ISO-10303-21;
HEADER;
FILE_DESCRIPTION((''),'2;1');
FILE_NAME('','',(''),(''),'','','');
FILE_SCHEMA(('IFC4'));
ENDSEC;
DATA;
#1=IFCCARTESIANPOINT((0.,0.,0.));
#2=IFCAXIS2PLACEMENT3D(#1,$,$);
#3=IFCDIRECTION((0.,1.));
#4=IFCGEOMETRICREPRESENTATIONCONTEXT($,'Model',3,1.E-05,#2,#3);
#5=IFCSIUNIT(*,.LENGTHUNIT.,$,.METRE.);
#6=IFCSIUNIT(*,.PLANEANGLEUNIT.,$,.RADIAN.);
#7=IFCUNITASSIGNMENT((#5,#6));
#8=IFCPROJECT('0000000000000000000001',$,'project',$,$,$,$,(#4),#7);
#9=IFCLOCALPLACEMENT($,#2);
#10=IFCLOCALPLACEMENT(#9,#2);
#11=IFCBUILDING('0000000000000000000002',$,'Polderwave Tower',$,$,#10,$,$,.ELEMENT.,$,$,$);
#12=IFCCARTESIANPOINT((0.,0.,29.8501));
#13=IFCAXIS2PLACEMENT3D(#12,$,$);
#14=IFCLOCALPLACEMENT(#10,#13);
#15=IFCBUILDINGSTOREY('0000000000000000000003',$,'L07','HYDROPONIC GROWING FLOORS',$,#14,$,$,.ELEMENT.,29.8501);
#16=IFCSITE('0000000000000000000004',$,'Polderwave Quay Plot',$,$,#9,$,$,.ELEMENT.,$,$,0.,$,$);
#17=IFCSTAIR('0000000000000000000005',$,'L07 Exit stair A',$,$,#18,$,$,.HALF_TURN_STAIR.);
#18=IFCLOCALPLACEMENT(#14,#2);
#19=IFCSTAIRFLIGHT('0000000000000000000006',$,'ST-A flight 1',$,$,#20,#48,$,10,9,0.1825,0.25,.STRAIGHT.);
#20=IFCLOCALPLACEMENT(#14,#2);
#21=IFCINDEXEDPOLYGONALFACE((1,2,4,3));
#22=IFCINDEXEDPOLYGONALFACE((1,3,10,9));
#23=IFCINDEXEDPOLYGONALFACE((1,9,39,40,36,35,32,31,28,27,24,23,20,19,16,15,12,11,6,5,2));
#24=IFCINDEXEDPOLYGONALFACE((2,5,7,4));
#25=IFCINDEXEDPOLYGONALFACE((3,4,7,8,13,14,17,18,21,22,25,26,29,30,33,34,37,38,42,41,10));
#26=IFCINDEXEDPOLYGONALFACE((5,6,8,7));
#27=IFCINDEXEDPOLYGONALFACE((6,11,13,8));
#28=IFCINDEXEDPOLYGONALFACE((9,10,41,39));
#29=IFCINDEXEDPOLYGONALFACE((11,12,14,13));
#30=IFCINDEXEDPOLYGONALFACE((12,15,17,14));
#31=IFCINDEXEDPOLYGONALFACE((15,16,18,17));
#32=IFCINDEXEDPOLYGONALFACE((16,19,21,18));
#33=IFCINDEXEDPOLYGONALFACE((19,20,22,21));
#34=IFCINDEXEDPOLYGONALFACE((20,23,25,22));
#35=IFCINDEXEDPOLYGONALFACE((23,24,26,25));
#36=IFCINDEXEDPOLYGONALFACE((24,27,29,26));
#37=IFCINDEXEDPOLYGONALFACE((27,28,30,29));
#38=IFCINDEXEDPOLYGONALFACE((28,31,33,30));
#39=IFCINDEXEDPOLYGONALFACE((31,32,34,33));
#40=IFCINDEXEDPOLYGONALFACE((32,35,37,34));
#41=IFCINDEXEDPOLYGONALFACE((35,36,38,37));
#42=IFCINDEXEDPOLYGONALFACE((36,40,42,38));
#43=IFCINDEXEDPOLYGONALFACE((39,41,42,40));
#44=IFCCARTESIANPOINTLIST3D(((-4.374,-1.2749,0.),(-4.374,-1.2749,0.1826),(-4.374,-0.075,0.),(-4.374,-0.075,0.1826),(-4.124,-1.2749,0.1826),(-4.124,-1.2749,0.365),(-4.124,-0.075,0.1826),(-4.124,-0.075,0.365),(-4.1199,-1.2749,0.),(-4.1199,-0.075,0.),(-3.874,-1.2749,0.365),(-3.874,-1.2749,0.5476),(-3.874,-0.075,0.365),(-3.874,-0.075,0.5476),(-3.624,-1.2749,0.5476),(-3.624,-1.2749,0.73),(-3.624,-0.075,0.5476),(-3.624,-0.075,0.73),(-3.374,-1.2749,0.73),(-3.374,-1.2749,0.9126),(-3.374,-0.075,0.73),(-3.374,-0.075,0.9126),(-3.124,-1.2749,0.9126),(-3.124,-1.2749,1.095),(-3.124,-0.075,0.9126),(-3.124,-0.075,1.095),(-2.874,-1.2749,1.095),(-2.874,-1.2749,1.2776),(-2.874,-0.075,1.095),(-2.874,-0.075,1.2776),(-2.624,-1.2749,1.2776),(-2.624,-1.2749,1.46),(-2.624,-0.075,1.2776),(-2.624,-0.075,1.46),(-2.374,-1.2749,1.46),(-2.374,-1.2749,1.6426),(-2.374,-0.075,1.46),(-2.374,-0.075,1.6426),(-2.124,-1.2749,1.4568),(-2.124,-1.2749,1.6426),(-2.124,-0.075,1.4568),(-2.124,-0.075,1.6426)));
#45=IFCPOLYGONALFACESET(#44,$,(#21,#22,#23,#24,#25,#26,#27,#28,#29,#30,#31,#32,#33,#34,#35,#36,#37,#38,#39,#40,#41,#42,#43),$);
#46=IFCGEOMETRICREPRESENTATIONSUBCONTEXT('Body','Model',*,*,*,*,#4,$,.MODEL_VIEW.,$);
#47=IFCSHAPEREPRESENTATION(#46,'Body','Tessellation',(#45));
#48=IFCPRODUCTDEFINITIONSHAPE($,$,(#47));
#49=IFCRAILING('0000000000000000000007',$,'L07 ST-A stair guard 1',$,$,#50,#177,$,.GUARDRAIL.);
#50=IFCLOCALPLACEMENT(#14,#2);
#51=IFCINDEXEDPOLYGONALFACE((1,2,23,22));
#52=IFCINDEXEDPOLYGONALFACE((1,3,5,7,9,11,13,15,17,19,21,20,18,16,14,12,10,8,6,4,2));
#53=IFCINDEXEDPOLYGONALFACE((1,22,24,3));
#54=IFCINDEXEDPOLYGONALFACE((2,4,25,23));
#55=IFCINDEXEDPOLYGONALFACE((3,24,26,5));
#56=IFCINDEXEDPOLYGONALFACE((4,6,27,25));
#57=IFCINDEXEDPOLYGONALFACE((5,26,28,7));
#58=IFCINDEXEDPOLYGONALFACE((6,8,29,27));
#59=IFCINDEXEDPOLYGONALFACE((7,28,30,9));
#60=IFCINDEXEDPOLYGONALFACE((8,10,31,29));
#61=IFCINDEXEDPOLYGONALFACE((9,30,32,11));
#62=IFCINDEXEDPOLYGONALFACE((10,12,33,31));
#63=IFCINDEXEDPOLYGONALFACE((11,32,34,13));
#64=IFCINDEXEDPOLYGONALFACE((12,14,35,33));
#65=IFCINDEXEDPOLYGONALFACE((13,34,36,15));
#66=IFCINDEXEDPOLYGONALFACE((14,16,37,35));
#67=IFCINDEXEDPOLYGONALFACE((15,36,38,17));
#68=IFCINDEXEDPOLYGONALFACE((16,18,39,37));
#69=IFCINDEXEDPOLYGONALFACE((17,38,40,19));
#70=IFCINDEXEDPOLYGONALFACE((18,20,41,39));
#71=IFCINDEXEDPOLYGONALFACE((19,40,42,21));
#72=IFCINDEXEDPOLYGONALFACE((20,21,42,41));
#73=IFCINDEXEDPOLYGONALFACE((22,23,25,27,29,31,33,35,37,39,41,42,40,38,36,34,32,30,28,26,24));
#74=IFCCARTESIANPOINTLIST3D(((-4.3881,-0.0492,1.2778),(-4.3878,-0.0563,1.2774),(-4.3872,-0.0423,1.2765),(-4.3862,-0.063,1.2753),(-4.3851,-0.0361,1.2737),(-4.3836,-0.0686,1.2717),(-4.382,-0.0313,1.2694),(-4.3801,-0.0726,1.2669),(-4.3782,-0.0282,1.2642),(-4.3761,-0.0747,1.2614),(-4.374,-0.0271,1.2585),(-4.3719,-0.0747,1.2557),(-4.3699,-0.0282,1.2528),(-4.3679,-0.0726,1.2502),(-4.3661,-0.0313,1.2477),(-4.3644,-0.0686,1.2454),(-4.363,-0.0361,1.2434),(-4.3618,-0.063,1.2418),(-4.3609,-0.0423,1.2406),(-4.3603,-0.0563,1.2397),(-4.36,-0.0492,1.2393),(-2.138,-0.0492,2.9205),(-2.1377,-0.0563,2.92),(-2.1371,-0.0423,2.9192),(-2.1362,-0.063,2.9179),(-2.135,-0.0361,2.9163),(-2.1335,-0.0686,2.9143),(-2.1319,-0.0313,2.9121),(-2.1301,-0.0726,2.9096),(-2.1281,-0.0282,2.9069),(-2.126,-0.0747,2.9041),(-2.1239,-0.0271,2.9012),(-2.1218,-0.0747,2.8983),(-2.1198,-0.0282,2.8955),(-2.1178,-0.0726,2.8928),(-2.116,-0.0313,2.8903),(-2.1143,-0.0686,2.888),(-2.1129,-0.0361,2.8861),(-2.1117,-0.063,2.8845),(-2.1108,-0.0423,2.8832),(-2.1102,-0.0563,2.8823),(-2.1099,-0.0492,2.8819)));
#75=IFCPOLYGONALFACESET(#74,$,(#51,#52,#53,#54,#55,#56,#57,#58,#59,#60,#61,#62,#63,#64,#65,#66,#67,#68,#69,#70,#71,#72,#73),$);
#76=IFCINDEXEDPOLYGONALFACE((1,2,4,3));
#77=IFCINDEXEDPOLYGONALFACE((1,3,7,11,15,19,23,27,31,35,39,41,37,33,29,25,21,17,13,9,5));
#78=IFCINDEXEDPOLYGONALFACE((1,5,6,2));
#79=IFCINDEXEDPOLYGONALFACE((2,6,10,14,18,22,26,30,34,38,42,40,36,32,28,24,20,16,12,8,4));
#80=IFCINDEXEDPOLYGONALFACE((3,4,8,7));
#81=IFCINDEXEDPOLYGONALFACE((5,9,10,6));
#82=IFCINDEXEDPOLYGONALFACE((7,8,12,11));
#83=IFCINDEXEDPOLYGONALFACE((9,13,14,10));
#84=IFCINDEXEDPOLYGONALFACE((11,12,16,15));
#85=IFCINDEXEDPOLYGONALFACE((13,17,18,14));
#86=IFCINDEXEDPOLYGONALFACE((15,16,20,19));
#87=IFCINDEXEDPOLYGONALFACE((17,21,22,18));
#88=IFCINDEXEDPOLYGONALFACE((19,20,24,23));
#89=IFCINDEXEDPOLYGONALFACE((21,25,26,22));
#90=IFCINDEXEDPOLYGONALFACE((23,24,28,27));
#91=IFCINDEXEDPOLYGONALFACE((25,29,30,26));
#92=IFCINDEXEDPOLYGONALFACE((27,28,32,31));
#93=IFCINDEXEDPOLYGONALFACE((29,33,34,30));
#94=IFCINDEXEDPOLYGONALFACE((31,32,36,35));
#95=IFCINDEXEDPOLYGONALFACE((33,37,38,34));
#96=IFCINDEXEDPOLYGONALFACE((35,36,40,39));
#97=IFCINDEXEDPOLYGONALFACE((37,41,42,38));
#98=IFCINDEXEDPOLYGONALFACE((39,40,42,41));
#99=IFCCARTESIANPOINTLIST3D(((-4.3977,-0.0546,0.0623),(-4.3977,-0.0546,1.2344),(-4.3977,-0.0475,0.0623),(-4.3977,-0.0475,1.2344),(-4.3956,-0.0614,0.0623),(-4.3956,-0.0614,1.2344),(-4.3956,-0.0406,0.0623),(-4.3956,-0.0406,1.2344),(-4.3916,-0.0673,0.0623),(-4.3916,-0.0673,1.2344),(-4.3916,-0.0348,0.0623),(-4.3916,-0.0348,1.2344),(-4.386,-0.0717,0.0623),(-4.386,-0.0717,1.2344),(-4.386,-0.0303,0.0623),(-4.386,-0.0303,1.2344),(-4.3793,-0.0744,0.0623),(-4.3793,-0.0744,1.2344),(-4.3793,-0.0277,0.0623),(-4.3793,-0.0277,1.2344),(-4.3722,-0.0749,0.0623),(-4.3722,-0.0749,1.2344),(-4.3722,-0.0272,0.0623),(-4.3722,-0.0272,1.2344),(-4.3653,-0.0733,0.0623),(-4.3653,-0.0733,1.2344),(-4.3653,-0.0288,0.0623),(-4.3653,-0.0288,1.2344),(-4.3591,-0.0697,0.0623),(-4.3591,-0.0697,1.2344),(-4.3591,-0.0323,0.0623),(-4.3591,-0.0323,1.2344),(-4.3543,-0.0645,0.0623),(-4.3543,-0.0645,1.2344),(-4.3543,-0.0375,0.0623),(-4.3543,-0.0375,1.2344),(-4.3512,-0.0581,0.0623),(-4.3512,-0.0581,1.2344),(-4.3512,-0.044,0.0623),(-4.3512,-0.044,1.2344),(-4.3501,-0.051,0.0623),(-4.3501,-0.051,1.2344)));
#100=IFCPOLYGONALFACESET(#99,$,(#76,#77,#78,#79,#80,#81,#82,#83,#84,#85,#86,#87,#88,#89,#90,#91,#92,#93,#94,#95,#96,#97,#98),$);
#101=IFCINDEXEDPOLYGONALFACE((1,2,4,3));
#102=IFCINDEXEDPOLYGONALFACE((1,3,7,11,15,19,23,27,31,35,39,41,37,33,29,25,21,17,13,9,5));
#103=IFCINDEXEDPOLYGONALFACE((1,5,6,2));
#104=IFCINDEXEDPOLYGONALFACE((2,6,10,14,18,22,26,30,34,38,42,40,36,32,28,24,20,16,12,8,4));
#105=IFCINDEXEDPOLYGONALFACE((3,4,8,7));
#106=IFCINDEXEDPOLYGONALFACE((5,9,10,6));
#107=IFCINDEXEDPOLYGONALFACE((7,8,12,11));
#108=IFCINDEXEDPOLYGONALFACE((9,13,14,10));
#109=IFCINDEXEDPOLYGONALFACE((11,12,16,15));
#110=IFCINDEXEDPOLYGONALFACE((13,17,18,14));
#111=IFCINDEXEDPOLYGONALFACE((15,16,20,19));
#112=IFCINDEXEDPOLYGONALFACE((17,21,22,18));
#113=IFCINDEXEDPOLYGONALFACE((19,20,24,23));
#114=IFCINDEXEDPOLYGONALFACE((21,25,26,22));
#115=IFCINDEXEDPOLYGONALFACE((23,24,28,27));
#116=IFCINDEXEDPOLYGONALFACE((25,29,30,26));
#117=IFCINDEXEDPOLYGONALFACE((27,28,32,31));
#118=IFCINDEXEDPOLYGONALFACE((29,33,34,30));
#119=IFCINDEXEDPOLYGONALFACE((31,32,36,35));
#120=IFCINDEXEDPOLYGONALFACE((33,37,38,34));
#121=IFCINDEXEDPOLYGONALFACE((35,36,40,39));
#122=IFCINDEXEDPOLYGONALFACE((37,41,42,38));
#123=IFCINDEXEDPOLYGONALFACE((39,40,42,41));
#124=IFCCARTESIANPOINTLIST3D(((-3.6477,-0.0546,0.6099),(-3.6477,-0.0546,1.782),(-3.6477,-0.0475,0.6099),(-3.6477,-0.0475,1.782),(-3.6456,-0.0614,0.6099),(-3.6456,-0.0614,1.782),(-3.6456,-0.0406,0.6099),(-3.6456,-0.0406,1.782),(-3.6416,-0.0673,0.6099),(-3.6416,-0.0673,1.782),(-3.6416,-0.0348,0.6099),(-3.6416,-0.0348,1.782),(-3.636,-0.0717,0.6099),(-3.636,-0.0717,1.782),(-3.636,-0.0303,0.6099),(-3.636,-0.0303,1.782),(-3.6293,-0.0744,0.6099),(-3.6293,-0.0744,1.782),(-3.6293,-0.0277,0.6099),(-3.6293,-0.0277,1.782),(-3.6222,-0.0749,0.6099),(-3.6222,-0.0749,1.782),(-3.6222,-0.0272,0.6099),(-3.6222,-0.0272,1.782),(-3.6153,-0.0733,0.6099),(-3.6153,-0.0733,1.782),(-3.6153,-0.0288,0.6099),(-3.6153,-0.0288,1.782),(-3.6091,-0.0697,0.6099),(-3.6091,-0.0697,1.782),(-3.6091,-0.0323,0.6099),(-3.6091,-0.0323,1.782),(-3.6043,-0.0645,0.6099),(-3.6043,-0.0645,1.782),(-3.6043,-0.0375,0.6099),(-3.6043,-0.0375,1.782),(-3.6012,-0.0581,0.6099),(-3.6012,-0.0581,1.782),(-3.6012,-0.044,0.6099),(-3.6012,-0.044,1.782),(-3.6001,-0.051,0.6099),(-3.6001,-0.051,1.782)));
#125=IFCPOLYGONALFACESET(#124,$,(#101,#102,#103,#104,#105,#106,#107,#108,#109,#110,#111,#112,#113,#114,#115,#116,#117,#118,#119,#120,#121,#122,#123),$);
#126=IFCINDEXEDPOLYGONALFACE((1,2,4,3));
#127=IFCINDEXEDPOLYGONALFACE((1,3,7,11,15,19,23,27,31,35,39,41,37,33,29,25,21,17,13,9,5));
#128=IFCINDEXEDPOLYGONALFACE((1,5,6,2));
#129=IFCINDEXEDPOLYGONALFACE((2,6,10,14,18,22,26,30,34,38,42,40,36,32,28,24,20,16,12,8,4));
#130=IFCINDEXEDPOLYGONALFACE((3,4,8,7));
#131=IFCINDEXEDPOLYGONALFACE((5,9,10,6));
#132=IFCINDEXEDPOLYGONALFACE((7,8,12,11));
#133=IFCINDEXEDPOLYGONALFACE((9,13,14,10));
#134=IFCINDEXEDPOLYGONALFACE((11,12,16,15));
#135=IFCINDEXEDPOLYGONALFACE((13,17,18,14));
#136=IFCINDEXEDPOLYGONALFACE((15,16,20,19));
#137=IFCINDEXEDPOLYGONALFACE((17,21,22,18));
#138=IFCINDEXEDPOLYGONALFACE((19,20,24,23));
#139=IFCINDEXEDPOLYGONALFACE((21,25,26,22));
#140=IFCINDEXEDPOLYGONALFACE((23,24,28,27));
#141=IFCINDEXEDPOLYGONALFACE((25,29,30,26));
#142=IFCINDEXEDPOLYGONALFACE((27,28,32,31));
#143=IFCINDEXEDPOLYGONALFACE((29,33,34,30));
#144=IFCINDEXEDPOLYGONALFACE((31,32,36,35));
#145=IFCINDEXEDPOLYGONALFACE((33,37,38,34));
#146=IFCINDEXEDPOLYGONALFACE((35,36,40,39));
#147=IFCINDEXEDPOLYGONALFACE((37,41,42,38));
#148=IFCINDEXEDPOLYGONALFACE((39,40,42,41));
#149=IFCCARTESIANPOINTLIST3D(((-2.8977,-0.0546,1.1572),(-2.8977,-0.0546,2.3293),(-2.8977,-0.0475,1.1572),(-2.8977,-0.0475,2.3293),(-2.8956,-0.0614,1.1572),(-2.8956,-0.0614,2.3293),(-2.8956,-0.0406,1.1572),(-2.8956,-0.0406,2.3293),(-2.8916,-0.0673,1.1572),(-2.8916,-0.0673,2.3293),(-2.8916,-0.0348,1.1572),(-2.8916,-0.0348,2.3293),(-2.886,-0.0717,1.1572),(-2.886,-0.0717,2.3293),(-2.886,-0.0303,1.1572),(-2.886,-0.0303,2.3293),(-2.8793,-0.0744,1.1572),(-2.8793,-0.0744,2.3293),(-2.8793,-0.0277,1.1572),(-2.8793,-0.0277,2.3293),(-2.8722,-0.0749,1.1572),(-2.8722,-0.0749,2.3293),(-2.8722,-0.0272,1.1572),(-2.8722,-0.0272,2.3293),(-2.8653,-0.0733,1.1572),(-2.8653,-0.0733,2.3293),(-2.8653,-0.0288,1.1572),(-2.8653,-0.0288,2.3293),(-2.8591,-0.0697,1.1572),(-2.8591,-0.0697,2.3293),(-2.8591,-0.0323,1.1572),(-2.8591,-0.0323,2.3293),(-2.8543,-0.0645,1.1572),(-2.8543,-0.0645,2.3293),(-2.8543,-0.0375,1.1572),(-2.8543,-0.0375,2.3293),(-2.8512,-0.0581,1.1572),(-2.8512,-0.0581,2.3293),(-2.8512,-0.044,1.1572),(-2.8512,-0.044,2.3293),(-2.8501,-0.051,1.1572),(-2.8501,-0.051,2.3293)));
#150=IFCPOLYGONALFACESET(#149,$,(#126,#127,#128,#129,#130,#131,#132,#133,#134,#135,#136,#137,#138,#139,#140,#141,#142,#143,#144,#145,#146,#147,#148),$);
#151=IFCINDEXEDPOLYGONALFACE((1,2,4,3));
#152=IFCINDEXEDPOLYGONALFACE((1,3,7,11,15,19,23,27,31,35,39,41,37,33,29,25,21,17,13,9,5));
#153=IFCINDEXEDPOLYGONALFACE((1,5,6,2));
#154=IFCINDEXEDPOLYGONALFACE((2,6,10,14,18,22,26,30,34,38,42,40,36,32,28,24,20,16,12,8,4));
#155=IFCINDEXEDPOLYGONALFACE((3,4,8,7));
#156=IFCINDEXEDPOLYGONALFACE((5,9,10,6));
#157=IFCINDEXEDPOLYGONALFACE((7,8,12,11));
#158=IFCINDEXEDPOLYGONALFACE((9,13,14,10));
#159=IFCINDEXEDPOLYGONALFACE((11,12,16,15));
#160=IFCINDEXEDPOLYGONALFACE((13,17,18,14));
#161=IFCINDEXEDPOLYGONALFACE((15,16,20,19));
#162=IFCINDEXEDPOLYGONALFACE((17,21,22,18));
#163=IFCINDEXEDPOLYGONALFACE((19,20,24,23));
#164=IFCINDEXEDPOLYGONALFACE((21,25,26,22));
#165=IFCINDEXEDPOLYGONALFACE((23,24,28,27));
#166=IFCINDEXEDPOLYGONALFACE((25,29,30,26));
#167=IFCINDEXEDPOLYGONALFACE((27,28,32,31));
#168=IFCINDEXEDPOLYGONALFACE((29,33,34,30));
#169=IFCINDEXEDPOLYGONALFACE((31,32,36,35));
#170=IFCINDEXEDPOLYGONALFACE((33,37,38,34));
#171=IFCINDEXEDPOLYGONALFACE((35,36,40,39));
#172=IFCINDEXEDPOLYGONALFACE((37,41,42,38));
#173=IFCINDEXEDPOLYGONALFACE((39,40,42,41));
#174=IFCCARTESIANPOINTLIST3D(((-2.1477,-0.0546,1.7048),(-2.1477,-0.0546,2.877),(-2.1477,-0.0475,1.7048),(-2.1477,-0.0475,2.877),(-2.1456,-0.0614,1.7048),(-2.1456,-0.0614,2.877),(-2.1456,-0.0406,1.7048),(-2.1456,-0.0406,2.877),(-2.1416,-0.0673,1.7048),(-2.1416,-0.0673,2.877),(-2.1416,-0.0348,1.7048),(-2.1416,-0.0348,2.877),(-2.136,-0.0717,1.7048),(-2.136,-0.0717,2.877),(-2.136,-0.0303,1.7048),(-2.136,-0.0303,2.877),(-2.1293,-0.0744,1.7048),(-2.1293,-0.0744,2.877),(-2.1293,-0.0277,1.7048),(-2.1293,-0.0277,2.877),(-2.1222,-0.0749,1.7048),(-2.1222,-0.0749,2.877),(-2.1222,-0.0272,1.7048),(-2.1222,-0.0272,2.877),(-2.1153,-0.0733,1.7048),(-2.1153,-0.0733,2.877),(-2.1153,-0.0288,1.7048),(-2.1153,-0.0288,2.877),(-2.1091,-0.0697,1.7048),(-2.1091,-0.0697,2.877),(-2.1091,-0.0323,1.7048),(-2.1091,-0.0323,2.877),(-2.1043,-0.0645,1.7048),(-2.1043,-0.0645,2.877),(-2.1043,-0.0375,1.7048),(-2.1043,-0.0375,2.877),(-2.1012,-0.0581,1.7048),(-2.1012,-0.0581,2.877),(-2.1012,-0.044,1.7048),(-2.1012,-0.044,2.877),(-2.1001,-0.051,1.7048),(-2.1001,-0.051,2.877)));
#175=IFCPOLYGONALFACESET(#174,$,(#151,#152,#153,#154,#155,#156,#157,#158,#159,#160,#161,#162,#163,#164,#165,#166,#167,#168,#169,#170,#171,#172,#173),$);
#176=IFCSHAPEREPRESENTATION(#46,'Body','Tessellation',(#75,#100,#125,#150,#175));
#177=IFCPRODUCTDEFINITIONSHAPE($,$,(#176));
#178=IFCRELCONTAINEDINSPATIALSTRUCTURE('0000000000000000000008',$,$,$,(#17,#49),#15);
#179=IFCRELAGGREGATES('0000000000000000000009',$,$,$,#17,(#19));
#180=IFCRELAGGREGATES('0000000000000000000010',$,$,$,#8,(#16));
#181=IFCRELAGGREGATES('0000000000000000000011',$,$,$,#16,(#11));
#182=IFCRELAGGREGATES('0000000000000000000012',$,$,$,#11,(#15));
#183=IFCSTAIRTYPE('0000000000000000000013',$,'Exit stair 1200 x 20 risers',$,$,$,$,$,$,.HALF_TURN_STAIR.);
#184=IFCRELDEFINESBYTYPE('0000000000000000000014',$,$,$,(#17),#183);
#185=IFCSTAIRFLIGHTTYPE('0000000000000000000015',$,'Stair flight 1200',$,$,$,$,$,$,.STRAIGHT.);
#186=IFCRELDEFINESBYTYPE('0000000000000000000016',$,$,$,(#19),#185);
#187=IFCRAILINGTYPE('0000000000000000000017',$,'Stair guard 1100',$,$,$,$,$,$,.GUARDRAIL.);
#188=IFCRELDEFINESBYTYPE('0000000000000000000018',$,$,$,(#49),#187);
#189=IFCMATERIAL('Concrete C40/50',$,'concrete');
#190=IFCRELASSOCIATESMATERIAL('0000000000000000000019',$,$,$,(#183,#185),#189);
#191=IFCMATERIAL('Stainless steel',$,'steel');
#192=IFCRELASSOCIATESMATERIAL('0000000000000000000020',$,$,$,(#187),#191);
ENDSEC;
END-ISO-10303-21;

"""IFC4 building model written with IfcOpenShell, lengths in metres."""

from ifc_helpers import new_model, si_unit, direction, frame, origin, origin_2d, place, context, subcontext, project, spatial, polyline, circle, outline, extrude, material, type_object, element, aggregate, save


model = new_model("IFC4")

# Units and contexts
model_context = context("Model", 3, precision=1e-05, world=origin(), true_north=direction((0.0, 1.0)))
body_context = subcontext(model_context, "Body", "Model", "MODEL_VIEW")
ifc_project = project(units=[si_unit("LENGTHUNIT", "METRE"), si_unit("PLANEANGLEUNIT", "RADIAN")], contexts=[model_context])

# Site, building, storey
site_placement = place(None, origin())
site = spatial("IfcSite", under=ifc_project, at=site_placement, Name="Polderwave Quay Plot", CompositionType="ELEMENT", RefElevation=0.0)
building_placement = place(site_placement, origin())
building = spatial("IfcBuilding", under=site, at=building_placement, Name="Polderwave Tower", CompositionType="ELEMENT")
storey_placement = place(building_placement, frame((0.0, 0.0, 29.8501)))
storey = spatial("IfcBuildingStorey", under=building, at=storey_placement, Name="L07", Description="HYDROPONIC GROWING FLOORS", CompositionType="ELEMENT", Elevation=29.8501)

# Shared definitions
ifc_material_1 = material(Name="Concrete C40/50", Category="concrete")

# Stair, stair flight
stair_type = type_object("IfcStairType", Name="Exit stair 1200 x 20 risers", PredefinedType="HALF_TURN_STAIR", material=ifc_material_1)
stair_placement = place(storey_placement, origin())
stair = element("IfcStair", 1, at=stair_placement, inside=storey, type_object=stair_type, Name="L07 Exit stair A", PredefinedType="HALF_TURN_STAIR")
stair_flight_type = type_object("IfcStairFlightType", Name="Stair flight 1200", PredefinedType="STRAIGHT", material=ifc_material_1)
stair_flight_placement = place(storey_placement, frame((-4.374, -0.675, 0.0), z_axis=(0.0, 0.0, 1.0), x_axis=(1.0, 0.0, 0.0)))
stair_flight = element("IfcStairFlight", 2, at=stair_flight_placement, type_object=stair_flight_type, Name="ST-A flight 1", NumberOfRisers=10, NumberOfTreads=9, PredefinedType="STRAIGHT", RiserHeight=0.1825, TreadLength=0.25, context=body_context, shape_type="SweptSolid", body=[
    extrude(outline(polyline([(0.0, 0.0), (0.0, 0.1826), (0.25, 0.1826), (0.25, 0.365), (0.5, 0.365), (0.5, 0.5476), (0.75, 0.5476), (0.75, 0.73), (1.0, 0.73), (1.0, 0.9126), (1.25, 0.9126), (1.25, 1.095), (1.5, 1.095), (1.5, 1.2776), (1.75, 1.2776), (1.75, 1.46), (2.0, 1.46), (2.0, 1.6426), (2.25, 1.6426), (2.25, 1.825), (2.25, 1.4568), (0.2542, 0.0), (0.0, 0.0)])), frame((0.0, 0.6001, 0.0), z_axis=(0.0, -1.0, 0.0), x_axis=(1.0, 0.0, 0.0)), (0.0, 0.0, 1.0), 1.2),
])
aggregate(stair, [stair_flight])

# Railing
ifc_material_2 = material(Name="Stainless steel", Category="steel")
railing_type_1 = type_object("IfcRailingType", Name="Stair guard 1100", PredefinedType="GUARDRAIL", material=ifc_material_2)
railing_1_placement = place(storey_placement, frame((-4.374, -0.051, 0.0623)))
element("IfcRailing", 3, at=railing_1_placement, inside=storey, type_object=railing_type_1, Name="L07 ST-A stair guard 1", PredefinedType="GUARDRAIL", context=body_context, shape_type="SweptSolid", body=[
    extrude(circle(Radius=0.0239, at=origin_2d()), frame((0.0, 0.0, 1.1963), z_axis=(0.807674, 0.0, 0.58963), x_axis=(0.0, 1.0, 0.0)), (0.0, 0.0, 1.0), 2.7859),
    extrude(circle(Radius=0.0239, at=origin_2d()), origin(), (0.0, 0.0, 1.0), 1.1721),
    extrude(circle(Radius=0.0239, at=origin_2d()), frame((0.75, 0.0, 0.5476)), (0.0, 0.0, 1.0), 1.1721),
    extrude(circle(Radius=0.0239, at=origin_2d()), frame((1.5, 0.0, 1.095)), (0.0, 0.0, 1.0), 1.1721),
    extrude(circle(Radius=0.0239, at=origin_2d()), frame((2.25, 0.0, 1.6426)), (0.0, 0.0, 1.0), 1.1721),
])

save(model, "model.ifc")
